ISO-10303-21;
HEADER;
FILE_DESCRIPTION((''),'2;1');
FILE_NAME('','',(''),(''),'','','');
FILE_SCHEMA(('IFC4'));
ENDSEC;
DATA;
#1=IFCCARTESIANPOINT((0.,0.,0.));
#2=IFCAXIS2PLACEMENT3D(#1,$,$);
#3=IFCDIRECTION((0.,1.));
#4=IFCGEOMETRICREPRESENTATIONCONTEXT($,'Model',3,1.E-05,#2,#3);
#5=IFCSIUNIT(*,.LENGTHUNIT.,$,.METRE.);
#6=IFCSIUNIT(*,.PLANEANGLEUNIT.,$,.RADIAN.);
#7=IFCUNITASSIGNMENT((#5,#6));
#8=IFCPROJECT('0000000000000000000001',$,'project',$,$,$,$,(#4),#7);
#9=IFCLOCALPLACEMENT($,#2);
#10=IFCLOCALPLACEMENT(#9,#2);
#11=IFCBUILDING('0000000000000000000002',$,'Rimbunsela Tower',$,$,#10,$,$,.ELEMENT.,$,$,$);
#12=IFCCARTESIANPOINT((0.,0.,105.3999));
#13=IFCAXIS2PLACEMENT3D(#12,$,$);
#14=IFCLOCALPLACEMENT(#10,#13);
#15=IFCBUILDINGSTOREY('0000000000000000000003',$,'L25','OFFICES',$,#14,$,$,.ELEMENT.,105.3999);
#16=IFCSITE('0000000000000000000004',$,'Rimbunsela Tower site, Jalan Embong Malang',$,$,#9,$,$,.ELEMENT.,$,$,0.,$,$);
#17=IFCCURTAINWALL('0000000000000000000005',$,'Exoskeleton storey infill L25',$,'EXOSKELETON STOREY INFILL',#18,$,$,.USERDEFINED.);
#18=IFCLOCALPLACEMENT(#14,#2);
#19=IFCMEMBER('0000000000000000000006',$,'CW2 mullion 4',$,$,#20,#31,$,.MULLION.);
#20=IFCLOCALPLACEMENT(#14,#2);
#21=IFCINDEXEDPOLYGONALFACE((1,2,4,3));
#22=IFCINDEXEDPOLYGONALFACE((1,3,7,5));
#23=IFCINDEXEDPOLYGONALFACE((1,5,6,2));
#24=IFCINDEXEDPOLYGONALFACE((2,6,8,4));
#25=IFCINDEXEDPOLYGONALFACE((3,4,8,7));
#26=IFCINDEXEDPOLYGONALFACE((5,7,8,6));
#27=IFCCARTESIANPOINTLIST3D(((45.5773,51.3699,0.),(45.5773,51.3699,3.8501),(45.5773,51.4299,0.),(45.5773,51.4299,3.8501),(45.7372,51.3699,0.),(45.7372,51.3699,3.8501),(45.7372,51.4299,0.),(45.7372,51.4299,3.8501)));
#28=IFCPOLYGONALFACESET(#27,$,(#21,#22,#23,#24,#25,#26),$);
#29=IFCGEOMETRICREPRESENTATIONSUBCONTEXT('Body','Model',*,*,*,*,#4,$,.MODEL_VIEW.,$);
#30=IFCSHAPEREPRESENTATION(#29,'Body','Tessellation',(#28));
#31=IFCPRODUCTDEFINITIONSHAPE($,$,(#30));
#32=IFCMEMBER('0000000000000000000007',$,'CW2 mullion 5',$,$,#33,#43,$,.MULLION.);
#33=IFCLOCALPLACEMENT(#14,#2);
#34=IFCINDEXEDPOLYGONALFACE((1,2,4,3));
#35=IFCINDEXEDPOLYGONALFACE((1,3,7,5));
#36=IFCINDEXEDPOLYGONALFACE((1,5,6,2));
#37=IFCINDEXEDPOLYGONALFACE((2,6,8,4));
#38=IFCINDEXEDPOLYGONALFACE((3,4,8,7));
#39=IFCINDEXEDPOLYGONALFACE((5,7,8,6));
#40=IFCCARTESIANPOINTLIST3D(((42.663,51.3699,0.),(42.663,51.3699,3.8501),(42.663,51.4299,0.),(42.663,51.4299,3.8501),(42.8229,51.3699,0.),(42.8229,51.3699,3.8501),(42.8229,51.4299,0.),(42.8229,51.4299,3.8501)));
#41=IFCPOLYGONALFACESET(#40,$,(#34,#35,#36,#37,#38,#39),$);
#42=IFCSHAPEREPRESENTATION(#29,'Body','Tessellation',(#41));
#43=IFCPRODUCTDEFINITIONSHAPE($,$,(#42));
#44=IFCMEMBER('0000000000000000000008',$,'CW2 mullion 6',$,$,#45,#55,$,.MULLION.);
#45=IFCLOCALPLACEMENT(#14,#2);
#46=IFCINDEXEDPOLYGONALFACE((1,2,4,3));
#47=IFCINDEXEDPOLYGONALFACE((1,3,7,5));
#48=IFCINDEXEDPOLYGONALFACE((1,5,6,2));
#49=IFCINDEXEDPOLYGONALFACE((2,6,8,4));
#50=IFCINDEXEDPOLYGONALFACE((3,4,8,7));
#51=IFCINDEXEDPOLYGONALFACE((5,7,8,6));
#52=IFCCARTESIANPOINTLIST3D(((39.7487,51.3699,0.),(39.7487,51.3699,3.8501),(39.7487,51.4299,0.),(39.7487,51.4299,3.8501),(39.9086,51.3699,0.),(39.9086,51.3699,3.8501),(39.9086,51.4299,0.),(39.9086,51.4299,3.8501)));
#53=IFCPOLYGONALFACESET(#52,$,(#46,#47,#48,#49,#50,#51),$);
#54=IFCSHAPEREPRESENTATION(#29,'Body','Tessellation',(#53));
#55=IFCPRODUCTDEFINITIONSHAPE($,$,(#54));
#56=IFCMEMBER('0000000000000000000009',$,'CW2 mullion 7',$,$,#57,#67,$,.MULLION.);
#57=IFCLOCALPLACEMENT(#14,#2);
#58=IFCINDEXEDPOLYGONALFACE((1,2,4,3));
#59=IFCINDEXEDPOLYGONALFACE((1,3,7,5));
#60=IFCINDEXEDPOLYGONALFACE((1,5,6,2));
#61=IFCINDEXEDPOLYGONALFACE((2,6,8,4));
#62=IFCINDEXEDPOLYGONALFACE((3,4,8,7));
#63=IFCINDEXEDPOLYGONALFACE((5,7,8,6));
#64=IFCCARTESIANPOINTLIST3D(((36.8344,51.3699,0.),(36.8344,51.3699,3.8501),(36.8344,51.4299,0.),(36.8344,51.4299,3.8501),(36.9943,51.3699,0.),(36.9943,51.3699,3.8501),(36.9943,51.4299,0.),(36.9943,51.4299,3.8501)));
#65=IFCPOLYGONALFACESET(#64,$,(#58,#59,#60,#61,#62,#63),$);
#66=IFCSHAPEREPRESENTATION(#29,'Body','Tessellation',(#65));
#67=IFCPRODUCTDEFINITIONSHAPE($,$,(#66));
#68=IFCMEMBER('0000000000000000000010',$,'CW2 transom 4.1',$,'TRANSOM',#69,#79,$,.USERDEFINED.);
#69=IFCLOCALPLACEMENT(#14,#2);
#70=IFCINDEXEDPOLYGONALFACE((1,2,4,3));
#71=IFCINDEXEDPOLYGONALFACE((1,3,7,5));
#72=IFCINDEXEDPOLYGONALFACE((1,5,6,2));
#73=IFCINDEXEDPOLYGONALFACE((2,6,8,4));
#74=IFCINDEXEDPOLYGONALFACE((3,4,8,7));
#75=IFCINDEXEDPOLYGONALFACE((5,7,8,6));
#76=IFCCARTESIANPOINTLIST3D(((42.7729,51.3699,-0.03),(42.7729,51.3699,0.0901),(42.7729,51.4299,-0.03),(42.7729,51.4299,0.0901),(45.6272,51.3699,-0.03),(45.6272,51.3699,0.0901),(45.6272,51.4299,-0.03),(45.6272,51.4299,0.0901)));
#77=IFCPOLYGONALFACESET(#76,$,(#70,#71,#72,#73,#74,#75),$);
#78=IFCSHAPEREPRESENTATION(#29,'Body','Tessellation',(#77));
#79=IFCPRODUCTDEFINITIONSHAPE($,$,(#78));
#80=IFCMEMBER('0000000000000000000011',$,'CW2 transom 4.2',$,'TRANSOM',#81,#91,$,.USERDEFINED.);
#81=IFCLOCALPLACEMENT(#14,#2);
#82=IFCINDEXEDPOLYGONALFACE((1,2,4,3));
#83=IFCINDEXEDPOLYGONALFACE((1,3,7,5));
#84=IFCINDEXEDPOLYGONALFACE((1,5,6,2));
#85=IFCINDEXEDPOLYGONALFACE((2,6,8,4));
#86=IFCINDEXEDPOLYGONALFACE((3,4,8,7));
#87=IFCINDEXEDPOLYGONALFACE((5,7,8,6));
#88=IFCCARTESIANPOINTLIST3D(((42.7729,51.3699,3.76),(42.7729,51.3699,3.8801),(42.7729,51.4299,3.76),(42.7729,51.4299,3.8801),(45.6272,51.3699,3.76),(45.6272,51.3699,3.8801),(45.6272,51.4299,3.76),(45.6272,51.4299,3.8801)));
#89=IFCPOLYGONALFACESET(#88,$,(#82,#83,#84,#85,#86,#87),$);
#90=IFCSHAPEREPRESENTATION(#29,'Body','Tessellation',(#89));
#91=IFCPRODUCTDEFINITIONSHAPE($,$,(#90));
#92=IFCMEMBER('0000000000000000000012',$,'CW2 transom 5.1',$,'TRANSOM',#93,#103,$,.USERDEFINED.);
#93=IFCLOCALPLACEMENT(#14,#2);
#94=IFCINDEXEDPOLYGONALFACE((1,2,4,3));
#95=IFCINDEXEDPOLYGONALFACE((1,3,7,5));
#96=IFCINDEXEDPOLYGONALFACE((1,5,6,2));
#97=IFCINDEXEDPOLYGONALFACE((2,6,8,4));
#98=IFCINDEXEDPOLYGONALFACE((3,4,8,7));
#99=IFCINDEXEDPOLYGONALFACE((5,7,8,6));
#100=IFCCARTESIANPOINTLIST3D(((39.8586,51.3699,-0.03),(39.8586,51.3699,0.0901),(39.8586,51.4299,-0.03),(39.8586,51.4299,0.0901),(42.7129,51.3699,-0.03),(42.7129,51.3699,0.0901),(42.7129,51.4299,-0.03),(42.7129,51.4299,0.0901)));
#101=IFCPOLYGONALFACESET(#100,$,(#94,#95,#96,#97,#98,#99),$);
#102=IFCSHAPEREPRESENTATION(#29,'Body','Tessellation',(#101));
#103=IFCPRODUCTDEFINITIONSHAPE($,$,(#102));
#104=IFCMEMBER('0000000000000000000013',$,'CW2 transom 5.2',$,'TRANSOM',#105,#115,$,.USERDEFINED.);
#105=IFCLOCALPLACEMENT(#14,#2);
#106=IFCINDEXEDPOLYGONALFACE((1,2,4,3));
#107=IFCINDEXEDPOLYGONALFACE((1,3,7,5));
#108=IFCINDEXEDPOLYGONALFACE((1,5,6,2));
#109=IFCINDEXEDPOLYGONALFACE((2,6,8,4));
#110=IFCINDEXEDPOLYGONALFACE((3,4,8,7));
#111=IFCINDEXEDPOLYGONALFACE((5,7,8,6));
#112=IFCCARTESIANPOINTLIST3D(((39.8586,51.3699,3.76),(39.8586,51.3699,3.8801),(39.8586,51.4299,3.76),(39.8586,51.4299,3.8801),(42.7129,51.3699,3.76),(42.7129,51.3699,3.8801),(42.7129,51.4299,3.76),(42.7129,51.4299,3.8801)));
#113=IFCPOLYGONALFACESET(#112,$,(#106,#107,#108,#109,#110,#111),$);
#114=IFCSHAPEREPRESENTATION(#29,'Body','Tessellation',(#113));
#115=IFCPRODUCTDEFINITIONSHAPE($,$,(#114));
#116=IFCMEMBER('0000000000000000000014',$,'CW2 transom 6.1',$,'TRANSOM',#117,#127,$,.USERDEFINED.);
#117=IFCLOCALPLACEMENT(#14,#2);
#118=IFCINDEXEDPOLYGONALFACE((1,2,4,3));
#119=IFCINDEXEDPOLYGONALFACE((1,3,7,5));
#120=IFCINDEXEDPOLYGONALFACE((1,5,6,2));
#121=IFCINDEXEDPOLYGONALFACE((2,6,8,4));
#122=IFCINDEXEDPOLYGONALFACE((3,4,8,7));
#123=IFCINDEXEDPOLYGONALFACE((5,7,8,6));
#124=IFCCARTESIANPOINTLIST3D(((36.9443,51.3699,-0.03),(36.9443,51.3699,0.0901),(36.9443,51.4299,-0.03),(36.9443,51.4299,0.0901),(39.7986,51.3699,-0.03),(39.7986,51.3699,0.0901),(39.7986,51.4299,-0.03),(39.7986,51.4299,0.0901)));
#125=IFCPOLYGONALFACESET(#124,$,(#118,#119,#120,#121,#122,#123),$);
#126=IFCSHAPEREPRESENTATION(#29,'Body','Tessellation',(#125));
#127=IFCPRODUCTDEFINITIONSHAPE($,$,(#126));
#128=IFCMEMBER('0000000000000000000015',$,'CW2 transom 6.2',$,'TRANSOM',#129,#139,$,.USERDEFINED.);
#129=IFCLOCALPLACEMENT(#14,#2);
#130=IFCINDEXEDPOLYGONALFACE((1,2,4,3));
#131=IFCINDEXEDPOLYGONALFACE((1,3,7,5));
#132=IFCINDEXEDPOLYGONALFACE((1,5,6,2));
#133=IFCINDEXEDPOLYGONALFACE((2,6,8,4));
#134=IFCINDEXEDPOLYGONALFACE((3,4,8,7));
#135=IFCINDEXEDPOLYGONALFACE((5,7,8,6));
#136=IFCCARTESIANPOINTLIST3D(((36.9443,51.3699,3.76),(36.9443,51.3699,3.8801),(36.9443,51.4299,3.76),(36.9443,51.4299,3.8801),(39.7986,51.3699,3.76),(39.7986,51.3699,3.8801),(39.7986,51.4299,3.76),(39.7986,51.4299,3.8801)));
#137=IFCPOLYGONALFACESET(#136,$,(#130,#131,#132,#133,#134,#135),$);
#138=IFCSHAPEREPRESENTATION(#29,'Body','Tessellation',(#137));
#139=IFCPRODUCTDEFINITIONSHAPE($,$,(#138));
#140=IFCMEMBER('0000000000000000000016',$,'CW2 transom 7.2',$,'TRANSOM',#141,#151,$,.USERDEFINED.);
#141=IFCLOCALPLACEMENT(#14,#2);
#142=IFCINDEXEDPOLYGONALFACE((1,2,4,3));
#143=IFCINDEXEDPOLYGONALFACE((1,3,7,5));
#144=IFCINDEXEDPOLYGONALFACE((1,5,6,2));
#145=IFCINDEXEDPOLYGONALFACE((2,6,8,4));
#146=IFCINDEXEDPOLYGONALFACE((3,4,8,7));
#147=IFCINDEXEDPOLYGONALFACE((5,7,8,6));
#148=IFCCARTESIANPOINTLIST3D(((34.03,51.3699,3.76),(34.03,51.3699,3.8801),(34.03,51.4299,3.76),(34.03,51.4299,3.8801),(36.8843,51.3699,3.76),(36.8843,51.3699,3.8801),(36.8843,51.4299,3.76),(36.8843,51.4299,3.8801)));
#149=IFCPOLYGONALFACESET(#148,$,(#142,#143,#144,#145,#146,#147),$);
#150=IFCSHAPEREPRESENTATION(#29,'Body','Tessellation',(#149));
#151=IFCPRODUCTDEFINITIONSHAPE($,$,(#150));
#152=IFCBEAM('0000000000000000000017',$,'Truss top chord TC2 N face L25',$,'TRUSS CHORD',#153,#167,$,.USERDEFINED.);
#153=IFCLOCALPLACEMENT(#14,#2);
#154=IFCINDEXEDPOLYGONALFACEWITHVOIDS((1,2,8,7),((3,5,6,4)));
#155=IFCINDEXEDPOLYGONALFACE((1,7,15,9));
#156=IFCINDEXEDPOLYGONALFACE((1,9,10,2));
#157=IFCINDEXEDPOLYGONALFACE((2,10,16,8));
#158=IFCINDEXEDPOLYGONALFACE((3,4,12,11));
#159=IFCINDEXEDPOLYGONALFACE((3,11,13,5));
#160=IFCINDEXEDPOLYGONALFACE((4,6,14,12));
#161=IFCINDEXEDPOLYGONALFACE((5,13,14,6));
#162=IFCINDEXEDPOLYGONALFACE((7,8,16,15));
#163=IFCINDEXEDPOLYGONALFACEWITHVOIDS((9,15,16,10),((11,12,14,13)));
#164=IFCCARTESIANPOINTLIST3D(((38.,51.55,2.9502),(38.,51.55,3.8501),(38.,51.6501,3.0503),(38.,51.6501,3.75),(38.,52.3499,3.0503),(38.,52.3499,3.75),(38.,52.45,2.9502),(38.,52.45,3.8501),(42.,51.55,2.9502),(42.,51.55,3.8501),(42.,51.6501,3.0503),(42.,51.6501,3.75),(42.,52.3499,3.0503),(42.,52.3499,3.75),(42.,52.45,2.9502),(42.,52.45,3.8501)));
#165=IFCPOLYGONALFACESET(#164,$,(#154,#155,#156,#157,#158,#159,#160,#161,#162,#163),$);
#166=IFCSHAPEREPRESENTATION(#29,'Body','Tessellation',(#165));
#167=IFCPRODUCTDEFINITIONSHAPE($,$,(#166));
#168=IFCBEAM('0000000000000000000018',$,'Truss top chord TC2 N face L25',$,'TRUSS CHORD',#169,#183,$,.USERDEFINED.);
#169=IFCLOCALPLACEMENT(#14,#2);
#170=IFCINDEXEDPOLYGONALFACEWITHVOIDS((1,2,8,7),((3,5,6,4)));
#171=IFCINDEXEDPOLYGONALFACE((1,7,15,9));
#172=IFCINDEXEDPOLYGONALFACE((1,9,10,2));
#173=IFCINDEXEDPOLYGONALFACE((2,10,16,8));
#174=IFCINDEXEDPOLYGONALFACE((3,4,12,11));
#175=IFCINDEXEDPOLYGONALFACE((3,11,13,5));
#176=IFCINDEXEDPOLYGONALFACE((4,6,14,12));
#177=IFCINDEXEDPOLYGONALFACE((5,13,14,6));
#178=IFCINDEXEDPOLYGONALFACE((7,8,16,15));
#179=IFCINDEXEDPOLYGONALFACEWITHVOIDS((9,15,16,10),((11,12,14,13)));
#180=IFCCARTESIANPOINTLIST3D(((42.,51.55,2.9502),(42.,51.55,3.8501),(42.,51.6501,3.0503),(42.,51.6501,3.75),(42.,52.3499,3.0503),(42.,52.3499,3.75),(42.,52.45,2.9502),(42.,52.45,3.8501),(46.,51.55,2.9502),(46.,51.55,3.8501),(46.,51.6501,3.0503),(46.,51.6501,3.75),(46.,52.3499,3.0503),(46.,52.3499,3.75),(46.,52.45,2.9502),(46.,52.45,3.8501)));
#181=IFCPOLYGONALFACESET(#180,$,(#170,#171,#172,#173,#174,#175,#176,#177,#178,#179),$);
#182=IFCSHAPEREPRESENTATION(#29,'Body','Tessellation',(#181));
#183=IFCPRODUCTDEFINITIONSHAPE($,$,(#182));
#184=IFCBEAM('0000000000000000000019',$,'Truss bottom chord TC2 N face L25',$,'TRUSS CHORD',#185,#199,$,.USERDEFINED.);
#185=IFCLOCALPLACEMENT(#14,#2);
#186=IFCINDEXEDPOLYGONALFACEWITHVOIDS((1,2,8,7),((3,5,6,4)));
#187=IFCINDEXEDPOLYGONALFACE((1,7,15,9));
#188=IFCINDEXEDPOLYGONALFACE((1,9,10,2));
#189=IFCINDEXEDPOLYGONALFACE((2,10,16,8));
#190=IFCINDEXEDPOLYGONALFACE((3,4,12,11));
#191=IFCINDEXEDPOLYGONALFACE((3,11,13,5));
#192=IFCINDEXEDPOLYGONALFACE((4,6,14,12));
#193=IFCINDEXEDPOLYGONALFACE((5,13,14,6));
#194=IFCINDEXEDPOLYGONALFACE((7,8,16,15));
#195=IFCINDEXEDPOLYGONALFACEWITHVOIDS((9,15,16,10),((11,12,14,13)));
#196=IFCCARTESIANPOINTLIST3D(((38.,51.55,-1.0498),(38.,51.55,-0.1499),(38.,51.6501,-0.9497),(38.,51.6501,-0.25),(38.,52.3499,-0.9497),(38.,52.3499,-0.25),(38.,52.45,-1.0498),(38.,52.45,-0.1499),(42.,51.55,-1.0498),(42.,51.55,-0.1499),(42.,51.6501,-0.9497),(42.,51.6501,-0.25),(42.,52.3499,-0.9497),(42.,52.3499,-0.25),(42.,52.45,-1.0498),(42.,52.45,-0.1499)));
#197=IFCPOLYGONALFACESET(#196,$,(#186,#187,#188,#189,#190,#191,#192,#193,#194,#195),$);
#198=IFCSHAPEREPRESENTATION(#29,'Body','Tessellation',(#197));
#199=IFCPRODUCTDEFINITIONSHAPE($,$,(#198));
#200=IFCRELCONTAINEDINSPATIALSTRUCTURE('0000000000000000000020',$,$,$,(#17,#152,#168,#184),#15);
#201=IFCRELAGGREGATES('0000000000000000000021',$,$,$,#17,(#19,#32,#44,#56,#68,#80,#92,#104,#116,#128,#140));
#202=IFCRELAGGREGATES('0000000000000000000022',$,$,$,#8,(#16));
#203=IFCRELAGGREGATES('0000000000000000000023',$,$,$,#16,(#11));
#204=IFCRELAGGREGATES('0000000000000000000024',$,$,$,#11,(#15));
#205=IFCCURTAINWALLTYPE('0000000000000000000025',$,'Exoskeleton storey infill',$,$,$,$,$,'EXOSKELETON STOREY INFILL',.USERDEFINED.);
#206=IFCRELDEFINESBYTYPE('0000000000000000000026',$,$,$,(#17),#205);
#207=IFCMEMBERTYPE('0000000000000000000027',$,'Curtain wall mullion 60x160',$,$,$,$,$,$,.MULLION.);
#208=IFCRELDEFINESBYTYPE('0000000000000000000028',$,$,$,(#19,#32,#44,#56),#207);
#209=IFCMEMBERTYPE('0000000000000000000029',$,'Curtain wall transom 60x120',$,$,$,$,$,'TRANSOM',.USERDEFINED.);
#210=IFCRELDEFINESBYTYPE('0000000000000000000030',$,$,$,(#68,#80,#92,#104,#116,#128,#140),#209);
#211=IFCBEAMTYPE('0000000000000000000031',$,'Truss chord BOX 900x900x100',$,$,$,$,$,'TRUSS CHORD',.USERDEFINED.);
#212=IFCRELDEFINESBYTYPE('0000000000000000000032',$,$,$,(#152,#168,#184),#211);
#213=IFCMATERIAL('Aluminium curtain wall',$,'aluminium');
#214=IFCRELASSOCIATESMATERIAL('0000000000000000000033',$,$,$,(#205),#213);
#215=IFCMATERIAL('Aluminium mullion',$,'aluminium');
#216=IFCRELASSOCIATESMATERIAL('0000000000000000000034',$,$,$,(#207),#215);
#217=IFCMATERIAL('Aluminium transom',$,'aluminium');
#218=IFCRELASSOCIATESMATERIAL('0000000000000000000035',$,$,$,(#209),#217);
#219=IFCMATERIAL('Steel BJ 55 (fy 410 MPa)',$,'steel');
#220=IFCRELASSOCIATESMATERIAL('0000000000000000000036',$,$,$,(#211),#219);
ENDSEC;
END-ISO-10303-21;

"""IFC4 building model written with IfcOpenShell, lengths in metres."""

from ifc_helpers import new_model, si_unit, direction, frame, origin, origin_2d, place, context, subcontext, project, spatial, rectangle, hollow_rectangle, extrude, material, material_profile, profile_set, type_object, element, aggregate, save


model = new_model("IFC4")

# Units and contexts
model_context = context("Model", 3, precision=1e-05, world=origin(), true_north=direction((0.0, 1.0)))
body_context = subcontext(model_context, "Body", "Model", "MODEL_VIEW")
ifc_project = project(units=[si_unit("LENGTHUNIT", "METRE"), si_unit("PLANEANGLEUNIT", "RADIAN")], contexts=[model_context])

# Site, building, storey
site_placement = place(None, origin())
site = spatial("IfcSite", under=ifc_project, at=site_placement, Name="Rimbunsela Tower site, Jalan Embong Malang", CompositionType="ELEMENT", RefElevation=0.0)
building_placement = place(site_placement, origin())
building = spatial("IfcBuilding", under=site, at=building_placement, Name="Rimbunsela Tower", CompositionType="ELEMENT")
storey_placement = place(building_placement, frame((0.0, 0.0, 105.3999)))
storey = spatial("IfcBuildingStorey", under=building, at=storey_placement, Name="L25", Description="OFFICES", CompositionType="ELEMENT", Elevation=105.3999)

# Curtain wall, members
ifc_material_1 = material(Name="Aluminium curtain wall", Category="aluminium")
curtain_wall_type = type_object("IfcCurtainWallType", Name="Exoskeleton storey infill", ElementType="EXOSKELETON STOREY INFILL", PredefinedType="USERDEFINED", material=ifc_material_1)
curtain_wall_placement = place(storey_placement, origin())
curtain_wall = element("IfcCurtainWall", 1, at=curtain_wall_placement, inside=storey, type_object=curtain_wall_type, Name="Exoskeleton storey infill L25", ObjectType="EXOSKELETON STOREY INFILL", PredefinedType="USERDEFINED")
ifc_material_2 = material(Name="Aluminium mullion", Category="aluminium")
ifc_material_profile_1 = material_profile(ifc_material_2, rectangle(XDim=0.0601, YDim=0.1599, at=origin_2d()), Name="Mullion 60x160")
ifc_profile_set_1 = profile_set([ifc_material_profile_1], Name="Aluminium mullion")
member_type_1 = type_object("IfcMemberType", Name="Curtain wall mullion 60x160", PredefinedType="MULLION", material=ifc_profile_set_1)
member_1_placement = place(storey_placement, frame((45.6572, 51.3999, 0.0), z_axis=(0.0, 0.0, 1.0), x_axis=(0.0, -1.0, 0.0)))
member_1 = element("IfcMember", 2, at=member_1_placement, type_object=member_type_1, Name="CW2 mullion 4", PredefinedType="MULLION", context=body_context, shape_type="SweptSolid", body=[
    extrude(rectangle(XDim=0.0601, YDim=0.1599, at=origin_2d()), origin(), (0.0, 0.0, 1.0), 3.8501),
])
member_2_placement = place(storey_placement, frame((42.7429, 51.3999, 0.0), z_axis=(0.0, 0.0, 1.0), x_axis=(0.0, -1.0, 0.0)))
member_2 = element("IfcMember", 3, at=member_2_placement, type_object=member_type_1, Name="CW2 mullion 5", PredefinedType="MULLION", context=body_context, shape_type="SweptSolid", body=[
    extrude(rectangle(XDim=0.0601, YDim=0.1599, at=origin_2d()), origin(), (0.0, 0.0, 1.0), 3.8501),
])
member_3_placement = place(storey_placement, frame((39.8286, 51.3999, 0.0), z_axis=(0.0, 0.0, 1.0), x_axis=(0.0, -1.0, 0.0)))
member_3 = element("IfcMember", 4, at=member_3_placement, type_object=member_type_1, Name="CW2 mullion 6", PredefinedType="MULLION", context=body_context, shape_type="SweptSolid", body=[
    extrude(rectangle(XDim=0.0601, YDim=0.1599, at=origin_2d()), origin(), (0.0, 0.0, 1.0), 3.8501),
])
member_4_placement = place(storey_placement, frame((36.9143, 51.3999, 0.0), z_axis=(0.0, 0.0, 1.0), x_axis=(0.0, -1.0, 0.0)))
member_4 = element("IfcMember", 5, at=member_4_placement, type_object=member_type_1, Name="CW2 mullion 7", PredefinedType="MULLION", context=body_context, shape_type="SweptSolid", body=[
    extrude(rectangle(XDim=0.0601, YDim=0.1599, at=origin_2d()), origin(), (0.0, 0.0, 1.0), 3.8501),
])
ifc_material_3 = material(Name="Aluminium transom", Category="aluminium")
ifc_material_profile_2 = material_profile(ifc_material_3, rectangle(XDim=0.0601, YDim=0.1201, at=origin_2d()), Name="Transom 60x120")
ifc_profile_set_2 = profile_set([ifc_material_profile_2], Name="Aluminium transom")
member_type_2 = type_object("IfcMemberType", Name="Curtain wall transom 60x120", ElementType="TRANSOM", PredefinedType="USERDEFINED", material=ifc_profile_set_2)
member_5_placement = place(storey_placement, frame((45.6272, 51.3999, 0.03), z_axis=(-1.0, 0.0, 0.0), x_axis=(0.0, -1.0, 0.0)))
member_5 = element("IfcMember", 6, at=member_5_placement, type_object=member_type_2, Name="CW2 transom 4.1", ObjectType="TRANSOM", PredefinedType="USERDEFINED", context=body_context, shape_type="SweptSolid", body=[
    extrude(rectangle(XDim=0.0601, YDim=0.1201, at=origin_2d()), origin(), (0.0, 0.0, 1.0), 2.8542),
])
member_6_placement = place(storey_placement, frame((45.6272, 51.3999, 3.8201), z_axis=(-1.0, 0.0, 0.0), x_axis=(0.0, -1.0, 0.0)))
member_6 = element("IfcMember", 7, at=member_6_placement, type_object=member_type_2, Name="CW2 transom 4.2", ObjectType="TRANSOM", PredefinedType="USERDEFINED", context=body_context, shape_type="SweptSolid", body=[
    extrude(rectangle(XDim=0.0601, YDim=0.1201, at=origin_2d()), origin(), (0.0, 0.0, 1.0), 2.8542),
])
member_7_placement = place(storey_placement, frame((42.7129, 51.3999, 0.03), z_axis=(-1.0, 0.0, 0.0), x_axis=(0.0, -1.0, 0.0)))
member_7 = element("IfcMember", 8, at=member_7_placement, type_object=member_type_2, Name="CW2 transom 5.1", ObjectType="TRANSOM", PredefinedType="USERDEFINED", context=body_context, shape_type="SweptSolid", body=[
    extrude(rectangle(XDim=0.0601, YDim=0.1201, at=origin_2d()), origin(), (0.0, 0.0, 1.0), 2.8542),
])
member_8_placement = place(storey_placement, frame((42.7129, 51.3999, 3.8201), z_axis=(-1.0, 0.0, 0.0), x_axis=(0.0, -1.0, 0.0)))
member_8 = element("IfcMember", 9, at=member_8_placement, type_object=member_type_2, Name="CW2 transom 5.2", ObjectType="TRANSOM", PredefinedType="USERDEFINED", context=body_context, shape_type="SweptSolid", body=[
    extrude(rectangle(XDim=0.0601, YDim=0.1201, at=origin_2d()), origin(), (0.0, 0.0, 1.0), 2.8542),
])
member_9_placement = place(storey_placement, frame((39.7986, 51.3999, 0.03), z_axis=(-1.0, 0.0, 0.0), x_axis=(0.0, -1.0, 0.0)))
member_9 = element("IfcMember", 10, at=member_9_placement, type_object=member_type_2, Name="CW2 transom 6.1", ObjectType="TRANSOM", PredefinedType="USERDEFINED", context=body_context, shape_type="SweptSolid", body=[
    extrude(rectangle(XDim=0.0601, YDim=0.1201, at=origin_2d()), origin(), (0.0, 0.0, 1.0), 2.8542),
])
member_10_placement = place(storey_placement, frame((39.7986, 51.3999, 3.8201), z_axis=(-1.0, 0.0, 0.0), x_axis=(0.0, -1.0, 0.0)))
member_10 = element("IfcMember", 11, at=member_10_placement, type_object=member_type_2, Name="CW2 transom 6.2", ObjectType="TRANSOM", PredefinedType="USERDEFINED", context=body_context, shape_type="SweptSolid", body=[
    extrude(rectangle(XDim=0.0601, YDim=0.1201, at=origin_2d()), origin(), (0.0, 0.0, 1.0), 2.8542),
])
member_11_placement = place(storey_placement, frame((36.8843, 51.3999, 3.8201), z_axis=(-1.0, 0.0, 0.0), x_axis=(0.0, -1.0, 0.0)))
member_11 = element("IfcMember", 12, at=member_11_placement, type_object=member_type_2, Name="CW2 transom 7.2", ObjectType="TRANSOM", PredefinedType="USERDEFINED", context=body_context, shape_type="SweptSolid", body=[
    extrude(rectangle(XDim=0.0601, YDim=0.1201, at=origin_2d()), origin(), (0.0, 0.0, 1.0), 2.8542),
])

# Beams
ifc_material_4 = material(Name="Steel BJ 55 (fy 410 MPa)", Category="steel")
ifc_material_profile_3 = material_profile(ifc_material_4, hollow_rectangle(XDim=0.8999, YDim=0.8999, WallThickness=0.1001, at=origin_2d()), Name="BOX 900x900x100")
ifc_profile_set_3 = profile_set([ifc_material_profile_3], Name="Steel BJ 55 (fy 410 MPa)")
beam_type = type_object("IfcBeamType", Name="Truss chord BOX 900x900x100", ElementType="TRUSS CHORD", PredefinedType="USERDEFINED", material=ifc_profile_set_3)
for number, where, z_axis, x_axis, name in (
    (13, (38.0, 52.0, 3.4001), (1.0, 0.0, 0.0), (0.0, 1.0, 0.0), "Truss top chord TC2 N face L25"),
    (14, (42.0, 52.0, 3.4001), (1.0, 0.0, 0.0), (0.0, 1.0, 0.0), "Truss top chord TC2 N face L25"),
    (15, (38.0, 52.0, -0.5999), (1.0, 0.0, 0.0), (0.0, 1.0, 0.0), "Truss bottom chord TC2 N face L25"),
):
    element("IfcBeam", number, at=place(storey_placement, frame(where, z_axis=z_axis, x_axis=x_axis)), inside=storey, type_object=beam_type, Name=name, ObjectType="TRUSS CHORD", PredefinedType="USERDEFINED", context=body_context, shape_type="SweptSolid", body=[
        extrude(hollow_rectangle(XDim=0.8999, YDim=0.8999, WallThickness=0.1001, at=origin_2d()), origin(), (0.0, 0.0, 1.0), 4.0),
    ])

aggregate(curtain_wall, [member_1, member_2, member_3, member_4, member_5, member_6, member_7, member_8, member_9, member_10, member_11])

save(model, "model.ifc")
